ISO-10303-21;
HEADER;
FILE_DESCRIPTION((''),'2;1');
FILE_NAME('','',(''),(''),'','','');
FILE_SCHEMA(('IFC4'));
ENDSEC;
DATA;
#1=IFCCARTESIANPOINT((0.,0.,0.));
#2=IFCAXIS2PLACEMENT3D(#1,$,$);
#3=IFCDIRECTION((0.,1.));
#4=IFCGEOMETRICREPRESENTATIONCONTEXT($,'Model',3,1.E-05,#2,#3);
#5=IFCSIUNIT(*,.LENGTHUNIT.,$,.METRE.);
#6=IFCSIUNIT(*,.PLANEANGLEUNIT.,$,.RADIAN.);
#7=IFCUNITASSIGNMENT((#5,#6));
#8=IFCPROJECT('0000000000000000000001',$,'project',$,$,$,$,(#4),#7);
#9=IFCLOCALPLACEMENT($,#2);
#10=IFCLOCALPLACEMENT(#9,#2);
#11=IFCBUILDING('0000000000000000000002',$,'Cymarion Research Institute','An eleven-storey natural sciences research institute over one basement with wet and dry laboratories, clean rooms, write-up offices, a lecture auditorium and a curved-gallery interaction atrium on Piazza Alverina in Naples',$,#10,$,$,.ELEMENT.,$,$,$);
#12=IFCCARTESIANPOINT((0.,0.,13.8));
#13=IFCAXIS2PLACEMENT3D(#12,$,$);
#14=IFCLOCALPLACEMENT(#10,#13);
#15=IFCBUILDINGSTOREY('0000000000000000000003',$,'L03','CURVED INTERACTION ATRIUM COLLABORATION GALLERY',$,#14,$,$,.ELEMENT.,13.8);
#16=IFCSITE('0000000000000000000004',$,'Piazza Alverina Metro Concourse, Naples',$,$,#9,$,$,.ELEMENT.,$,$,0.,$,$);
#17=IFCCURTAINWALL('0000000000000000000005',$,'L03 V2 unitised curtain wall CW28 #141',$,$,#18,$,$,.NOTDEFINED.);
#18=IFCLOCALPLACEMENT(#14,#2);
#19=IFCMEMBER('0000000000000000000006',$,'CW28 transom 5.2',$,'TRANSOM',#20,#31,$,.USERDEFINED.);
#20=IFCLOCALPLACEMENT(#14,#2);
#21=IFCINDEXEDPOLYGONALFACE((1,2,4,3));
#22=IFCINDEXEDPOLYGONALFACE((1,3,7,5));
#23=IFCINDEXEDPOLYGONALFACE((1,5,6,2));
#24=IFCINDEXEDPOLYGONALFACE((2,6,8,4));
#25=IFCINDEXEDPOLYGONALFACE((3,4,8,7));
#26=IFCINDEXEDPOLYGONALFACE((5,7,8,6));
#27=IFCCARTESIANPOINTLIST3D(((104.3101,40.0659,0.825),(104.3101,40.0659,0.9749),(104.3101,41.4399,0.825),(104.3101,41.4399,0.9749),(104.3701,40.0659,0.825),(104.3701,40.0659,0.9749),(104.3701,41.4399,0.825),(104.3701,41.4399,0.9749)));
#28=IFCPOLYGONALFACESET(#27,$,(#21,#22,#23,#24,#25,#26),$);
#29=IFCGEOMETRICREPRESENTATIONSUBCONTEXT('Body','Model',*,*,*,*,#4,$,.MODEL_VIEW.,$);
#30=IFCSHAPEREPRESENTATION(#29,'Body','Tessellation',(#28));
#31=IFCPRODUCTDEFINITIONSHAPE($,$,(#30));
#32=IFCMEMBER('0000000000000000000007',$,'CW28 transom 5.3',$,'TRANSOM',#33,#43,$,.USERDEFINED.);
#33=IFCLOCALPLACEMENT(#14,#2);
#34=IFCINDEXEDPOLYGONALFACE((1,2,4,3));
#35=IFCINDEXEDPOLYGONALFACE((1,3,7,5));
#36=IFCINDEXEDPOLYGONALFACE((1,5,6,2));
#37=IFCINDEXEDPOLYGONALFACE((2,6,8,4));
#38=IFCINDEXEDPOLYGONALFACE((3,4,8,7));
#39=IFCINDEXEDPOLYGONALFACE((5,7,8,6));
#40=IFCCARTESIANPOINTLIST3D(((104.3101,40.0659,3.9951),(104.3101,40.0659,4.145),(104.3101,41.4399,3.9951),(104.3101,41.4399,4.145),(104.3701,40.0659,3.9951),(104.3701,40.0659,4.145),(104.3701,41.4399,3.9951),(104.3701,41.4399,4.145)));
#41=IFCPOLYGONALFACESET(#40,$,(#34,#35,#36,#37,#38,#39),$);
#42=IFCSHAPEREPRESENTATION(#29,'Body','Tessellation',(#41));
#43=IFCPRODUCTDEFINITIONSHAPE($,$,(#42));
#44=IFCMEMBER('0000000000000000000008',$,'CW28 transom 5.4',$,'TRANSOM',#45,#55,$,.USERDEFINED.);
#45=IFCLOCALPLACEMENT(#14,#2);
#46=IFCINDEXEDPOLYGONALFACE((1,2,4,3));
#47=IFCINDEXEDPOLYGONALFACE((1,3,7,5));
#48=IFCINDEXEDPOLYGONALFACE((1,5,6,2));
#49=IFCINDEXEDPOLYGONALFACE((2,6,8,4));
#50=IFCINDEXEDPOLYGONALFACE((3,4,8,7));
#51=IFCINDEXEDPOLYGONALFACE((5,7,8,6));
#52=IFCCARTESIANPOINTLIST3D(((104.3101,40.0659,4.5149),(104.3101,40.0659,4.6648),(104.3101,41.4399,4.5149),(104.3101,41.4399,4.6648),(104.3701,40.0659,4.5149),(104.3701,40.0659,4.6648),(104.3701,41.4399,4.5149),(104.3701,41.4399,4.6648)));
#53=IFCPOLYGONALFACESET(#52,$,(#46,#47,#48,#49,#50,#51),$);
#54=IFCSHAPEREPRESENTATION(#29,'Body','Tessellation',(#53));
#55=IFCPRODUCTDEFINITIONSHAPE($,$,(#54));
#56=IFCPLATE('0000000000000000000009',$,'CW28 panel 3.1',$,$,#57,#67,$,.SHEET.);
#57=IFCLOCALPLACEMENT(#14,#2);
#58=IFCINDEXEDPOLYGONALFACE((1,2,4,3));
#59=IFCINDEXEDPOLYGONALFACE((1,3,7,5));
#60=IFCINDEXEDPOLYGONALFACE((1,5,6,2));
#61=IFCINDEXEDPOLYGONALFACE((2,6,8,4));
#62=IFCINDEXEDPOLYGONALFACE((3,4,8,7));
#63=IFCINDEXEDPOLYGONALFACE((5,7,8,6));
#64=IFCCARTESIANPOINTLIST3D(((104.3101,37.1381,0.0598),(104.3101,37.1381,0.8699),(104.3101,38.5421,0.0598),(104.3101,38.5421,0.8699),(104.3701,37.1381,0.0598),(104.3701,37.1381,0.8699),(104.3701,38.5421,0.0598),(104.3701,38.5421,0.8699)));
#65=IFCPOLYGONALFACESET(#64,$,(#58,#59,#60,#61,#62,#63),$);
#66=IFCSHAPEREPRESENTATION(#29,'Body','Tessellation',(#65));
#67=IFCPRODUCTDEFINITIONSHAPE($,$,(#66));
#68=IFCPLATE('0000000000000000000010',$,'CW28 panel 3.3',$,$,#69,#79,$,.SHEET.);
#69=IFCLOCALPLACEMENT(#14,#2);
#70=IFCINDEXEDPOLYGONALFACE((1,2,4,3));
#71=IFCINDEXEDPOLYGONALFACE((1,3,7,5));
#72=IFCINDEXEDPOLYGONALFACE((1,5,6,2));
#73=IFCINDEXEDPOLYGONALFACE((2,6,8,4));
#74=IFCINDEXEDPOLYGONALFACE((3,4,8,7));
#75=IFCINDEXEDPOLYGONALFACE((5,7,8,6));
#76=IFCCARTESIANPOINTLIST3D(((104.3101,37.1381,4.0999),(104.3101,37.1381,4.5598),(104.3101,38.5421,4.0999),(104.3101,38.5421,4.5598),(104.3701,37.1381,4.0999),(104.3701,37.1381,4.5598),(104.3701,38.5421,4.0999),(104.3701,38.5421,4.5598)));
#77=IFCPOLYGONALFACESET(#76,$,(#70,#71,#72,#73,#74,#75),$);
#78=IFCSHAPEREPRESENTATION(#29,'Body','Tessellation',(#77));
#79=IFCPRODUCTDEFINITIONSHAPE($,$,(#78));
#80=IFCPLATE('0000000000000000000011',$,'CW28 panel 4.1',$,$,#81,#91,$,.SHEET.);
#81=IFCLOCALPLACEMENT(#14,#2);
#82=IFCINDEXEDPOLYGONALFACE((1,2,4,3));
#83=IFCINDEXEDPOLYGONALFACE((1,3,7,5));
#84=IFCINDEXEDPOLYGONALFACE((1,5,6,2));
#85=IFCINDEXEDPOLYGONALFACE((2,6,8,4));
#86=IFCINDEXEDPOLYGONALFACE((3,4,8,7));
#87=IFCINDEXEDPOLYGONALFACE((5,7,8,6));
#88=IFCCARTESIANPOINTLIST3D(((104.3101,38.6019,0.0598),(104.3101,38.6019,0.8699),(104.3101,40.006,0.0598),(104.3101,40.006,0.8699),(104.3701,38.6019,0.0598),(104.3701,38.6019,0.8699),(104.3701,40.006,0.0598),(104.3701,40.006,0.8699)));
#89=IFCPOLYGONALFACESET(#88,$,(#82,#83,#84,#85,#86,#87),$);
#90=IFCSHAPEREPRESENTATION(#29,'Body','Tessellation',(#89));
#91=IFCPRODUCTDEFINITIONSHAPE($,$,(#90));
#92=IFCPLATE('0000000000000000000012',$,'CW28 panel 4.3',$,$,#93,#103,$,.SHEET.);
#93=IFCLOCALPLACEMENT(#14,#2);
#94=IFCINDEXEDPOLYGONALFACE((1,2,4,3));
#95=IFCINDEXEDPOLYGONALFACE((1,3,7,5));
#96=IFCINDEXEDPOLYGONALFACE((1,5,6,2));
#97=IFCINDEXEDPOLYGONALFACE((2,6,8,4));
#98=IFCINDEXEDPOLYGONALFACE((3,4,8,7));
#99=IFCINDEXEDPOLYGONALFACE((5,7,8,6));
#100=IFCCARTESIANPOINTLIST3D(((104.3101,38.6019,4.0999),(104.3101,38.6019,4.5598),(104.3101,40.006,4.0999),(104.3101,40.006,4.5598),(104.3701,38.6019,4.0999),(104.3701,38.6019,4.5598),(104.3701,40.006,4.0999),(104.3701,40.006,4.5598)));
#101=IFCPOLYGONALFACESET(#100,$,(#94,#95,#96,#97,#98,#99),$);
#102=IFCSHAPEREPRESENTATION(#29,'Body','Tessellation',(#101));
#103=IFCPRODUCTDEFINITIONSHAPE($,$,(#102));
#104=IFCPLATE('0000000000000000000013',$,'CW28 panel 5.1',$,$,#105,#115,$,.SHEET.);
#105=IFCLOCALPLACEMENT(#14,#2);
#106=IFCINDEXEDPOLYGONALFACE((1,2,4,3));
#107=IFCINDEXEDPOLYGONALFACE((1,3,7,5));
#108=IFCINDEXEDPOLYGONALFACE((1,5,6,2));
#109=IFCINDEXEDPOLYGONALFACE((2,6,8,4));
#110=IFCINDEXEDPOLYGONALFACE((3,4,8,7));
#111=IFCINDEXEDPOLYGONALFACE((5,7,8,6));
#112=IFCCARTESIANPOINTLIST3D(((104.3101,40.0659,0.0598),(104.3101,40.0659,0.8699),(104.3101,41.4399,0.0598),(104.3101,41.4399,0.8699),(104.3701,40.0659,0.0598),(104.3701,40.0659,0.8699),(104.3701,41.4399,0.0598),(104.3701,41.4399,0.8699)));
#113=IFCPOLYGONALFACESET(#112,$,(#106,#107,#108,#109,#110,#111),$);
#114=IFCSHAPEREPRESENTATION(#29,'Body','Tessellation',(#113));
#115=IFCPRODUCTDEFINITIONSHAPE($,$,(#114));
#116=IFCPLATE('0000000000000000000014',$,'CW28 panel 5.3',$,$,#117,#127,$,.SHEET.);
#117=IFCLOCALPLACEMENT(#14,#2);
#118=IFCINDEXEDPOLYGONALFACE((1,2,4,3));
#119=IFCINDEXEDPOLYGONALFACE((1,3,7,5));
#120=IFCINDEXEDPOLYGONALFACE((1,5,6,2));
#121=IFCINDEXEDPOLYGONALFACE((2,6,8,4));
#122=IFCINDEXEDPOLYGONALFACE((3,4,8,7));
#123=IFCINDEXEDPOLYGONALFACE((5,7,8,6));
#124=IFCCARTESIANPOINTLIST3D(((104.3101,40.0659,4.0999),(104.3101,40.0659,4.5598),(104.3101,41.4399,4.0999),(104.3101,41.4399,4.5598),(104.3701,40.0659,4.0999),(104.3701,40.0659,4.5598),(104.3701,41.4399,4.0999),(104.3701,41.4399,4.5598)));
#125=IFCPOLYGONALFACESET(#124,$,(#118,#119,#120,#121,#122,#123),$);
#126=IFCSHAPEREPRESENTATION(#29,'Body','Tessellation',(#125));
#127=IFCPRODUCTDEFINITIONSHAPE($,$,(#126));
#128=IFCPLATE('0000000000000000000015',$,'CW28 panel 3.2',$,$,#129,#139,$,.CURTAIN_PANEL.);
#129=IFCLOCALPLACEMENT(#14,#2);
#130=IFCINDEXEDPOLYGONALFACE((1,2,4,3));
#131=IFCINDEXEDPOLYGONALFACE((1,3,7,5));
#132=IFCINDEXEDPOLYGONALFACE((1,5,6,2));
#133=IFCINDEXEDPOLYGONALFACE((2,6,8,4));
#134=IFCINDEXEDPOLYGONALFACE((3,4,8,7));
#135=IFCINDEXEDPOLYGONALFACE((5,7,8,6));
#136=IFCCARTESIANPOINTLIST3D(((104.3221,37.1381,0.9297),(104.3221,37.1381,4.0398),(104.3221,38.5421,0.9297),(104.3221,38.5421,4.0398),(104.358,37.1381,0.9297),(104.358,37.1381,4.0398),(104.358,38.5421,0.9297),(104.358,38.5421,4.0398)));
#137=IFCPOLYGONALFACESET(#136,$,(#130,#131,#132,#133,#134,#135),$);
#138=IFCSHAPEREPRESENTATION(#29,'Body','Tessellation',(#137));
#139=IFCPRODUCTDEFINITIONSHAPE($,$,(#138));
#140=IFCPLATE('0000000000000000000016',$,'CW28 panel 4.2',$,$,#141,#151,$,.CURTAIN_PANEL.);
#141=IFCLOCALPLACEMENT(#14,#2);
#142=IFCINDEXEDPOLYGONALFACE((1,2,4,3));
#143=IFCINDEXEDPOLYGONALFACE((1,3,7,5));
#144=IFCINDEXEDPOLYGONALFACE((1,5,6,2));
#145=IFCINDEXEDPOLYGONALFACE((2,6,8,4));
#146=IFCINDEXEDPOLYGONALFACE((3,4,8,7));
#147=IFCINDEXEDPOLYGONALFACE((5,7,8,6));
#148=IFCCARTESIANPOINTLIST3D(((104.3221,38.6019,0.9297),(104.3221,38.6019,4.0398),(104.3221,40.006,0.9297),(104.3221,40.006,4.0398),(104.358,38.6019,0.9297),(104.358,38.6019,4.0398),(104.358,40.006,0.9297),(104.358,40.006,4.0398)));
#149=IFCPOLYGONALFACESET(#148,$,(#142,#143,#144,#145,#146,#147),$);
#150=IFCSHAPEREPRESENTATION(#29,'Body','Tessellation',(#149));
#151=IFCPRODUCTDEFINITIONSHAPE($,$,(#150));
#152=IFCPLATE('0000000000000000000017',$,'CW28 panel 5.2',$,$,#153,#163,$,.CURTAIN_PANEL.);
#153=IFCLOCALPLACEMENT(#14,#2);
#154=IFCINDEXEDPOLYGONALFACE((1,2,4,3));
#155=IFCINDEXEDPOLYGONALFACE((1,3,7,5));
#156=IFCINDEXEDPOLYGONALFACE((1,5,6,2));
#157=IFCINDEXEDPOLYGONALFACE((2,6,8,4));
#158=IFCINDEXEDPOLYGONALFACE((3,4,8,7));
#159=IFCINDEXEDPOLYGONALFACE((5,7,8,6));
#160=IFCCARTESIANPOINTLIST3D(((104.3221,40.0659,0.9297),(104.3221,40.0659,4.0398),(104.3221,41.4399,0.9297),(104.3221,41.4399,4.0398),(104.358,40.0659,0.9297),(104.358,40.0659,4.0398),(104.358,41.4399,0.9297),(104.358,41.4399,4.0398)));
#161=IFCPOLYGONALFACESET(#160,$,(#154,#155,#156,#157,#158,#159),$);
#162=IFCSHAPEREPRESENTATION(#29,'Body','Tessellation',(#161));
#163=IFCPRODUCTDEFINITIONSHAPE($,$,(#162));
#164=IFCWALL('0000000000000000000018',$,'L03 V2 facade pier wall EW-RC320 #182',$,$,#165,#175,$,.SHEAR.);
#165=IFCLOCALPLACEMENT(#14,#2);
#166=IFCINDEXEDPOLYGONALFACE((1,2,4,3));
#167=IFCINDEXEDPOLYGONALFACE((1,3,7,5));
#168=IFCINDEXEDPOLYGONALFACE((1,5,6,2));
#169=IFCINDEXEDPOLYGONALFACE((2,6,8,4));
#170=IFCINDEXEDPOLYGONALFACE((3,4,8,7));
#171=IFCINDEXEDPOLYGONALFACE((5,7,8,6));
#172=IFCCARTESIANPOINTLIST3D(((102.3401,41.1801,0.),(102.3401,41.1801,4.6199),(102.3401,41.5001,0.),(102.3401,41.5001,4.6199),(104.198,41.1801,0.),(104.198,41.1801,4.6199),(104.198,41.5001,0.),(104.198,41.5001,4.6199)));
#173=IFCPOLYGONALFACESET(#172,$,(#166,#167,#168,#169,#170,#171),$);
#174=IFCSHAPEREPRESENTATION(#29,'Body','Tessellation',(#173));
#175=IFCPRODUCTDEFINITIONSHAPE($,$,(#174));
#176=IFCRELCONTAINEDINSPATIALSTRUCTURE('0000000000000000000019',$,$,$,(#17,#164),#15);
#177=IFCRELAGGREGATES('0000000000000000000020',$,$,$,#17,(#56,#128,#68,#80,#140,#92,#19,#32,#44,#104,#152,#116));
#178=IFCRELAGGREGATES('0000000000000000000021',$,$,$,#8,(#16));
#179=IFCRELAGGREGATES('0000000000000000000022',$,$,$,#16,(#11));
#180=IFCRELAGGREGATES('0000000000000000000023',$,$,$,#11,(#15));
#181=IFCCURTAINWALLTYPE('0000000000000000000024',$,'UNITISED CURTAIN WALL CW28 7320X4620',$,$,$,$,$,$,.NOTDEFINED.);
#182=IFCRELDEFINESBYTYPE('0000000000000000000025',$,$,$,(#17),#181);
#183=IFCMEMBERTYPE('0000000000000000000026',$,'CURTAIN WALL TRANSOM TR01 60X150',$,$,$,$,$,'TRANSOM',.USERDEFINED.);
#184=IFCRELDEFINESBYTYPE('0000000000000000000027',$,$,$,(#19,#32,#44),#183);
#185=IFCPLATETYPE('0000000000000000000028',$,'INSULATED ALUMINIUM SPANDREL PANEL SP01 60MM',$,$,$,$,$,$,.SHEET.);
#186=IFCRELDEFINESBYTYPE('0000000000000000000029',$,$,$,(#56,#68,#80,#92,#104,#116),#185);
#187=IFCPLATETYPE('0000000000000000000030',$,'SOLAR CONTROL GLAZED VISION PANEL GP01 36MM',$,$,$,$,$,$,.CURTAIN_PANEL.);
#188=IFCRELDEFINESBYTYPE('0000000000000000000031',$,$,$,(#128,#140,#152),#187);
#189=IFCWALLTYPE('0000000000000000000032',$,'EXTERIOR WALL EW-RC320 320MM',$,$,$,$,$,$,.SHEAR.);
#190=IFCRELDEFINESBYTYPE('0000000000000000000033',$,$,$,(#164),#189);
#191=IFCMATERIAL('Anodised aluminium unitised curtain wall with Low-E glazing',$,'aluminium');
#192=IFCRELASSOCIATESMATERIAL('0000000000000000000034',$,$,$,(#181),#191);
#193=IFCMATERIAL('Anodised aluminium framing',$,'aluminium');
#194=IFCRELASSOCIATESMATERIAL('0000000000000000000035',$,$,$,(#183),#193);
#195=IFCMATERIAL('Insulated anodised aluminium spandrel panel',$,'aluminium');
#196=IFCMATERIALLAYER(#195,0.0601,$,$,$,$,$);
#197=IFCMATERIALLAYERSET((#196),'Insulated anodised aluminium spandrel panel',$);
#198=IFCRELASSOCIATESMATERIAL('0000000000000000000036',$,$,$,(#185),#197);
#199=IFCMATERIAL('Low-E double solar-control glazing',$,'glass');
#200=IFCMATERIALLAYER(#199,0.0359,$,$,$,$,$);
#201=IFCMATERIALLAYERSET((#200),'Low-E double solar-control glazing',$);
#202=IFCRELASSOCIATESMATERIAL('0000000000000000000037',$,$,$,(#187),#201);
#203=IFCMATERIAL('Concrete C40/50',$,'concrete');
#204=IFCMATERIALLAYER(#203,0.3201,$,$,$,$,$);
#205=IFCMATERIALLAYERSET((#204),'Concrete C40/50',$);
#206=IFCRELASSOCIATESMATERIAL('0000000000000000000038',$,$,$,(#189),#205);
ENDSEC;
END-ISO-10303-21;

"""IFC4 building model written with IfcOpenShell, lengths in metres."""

from ifc_helpers import new_model, si_unit, direction, frame, frame_2d, origin, origin_2d, place, context, subcontext, project, spatial, rectangle, extrude, material, layer, layer_set, material_profile, profile_set, type_object, element, aggregate, save


model = new_model("IFC4")

# Units and contexts
model_context = context("Model", 3, precision=1e-05, world=origin(), true_north=direction((0.0, 1.0)))
body_context = subcontext(model_context, "Body", "Model", "MODEL_VIEW")
ifc_project = project(units=[si_unit("LENGTHUNIT", "METRE"), si_unit("PLANEANGLEUNIT", "RADIAN")], contexts=[model_context])

# Site, building, storey
site_placement = place(None, origin())
site = spatial("IfcSite", under=ifc_project, at=site_placement, Name="Piazza Alverina Metro Concourse, Naples", CompositionType="ELEMENT", RefElevation=0.0)
building_placement = place(site_placement, origin())
building = spatial("IfcBuilding", under=site, at=building_placement, Name="Cymarion Research Institute", Description="An eleven-storey natural sciences research institute over one basement with wet and dry laboratories, clean rooms, write-up offices, a lecture auditorium and a curved-gallery interaction atrium on Piazza Alverina in Naples", CompositionType="ELEMENT")
storey_placement = place(building_placement, frame((0.0, 0.0, 13.8)))
storey = spatial("IfcBuildingStorey", under=building, at=storey_placement, Name="L03", Description="CURVED INTERACTION ATRIUM COLLABORATION GALLERY", CompositionType="ELEMENT", Elevation=13.8)

# Curtain wall
ifc_material_1 = material(Name="Anodised aluminium unitised curtain wall with Low-E glazing", Category="aluminium")
curtain_wall_type_1 = type_object("IfcCurtainWallType", Name="UNITISED CURTAIN WALL CW28 7320X4620", PredefinedType="NOTDEFINED", material=ifc_material_1)
curtain_wall_1_placement = place(storey_placement, origin())
curtain_wall_1 = element("IfcCurtainWall", 1, at=curtain_wall_1_placement, inside=storey, type_object=curtain_wall_type_1, Name="L03 V2 unitised curtain wall CW28 #141", PredefinedType="NOTDEFINED")
ifc_material_2 = material(Name="Anodised aluminium framing", Category="aluminium")

# Members
ifc_material_profile_1 = material_profile(ifc_material_2, rectangle(XDim=0.0601, YDim=0.1499, at=origin_2d()), Name="ALU TRANSOM 60x150")
ifc_profile_set_1 = profile_set([ifc_material_profile_1], Name="Anodised aluminium framing")
member_type_1 = type_object("IfcMemberType", Name="CURTAIN WALL TRANSOM TR01 60X150", ElementType="TRANSOM", PredefinedType="USERDEFINED", material=ifc_profile_set_1)
member_1_placement = place(storey_placement, frame((104.3401, 40.0659, 0.8999), z_axis=(0.0, 1.0, 0.0), x_axis=(-1.0, 0.0, 0.0)))
member_1 = element("IfcMember", 2, at=member_1_placement, type_object=member_type_1, Name="CW28 transom 5.2", ObjectType="TRANSOM", PredefinedType="USERDEFINED", context=body_context, shape_type="SweptSolid", body=[
    extrude(rectangle(XDim=0.0601, YDim=0.1499, at=origin_2d()), origin(), (0.0, 0.0, 1.0), 1.374),
])
member_2_placement = place(storey_placement, frame((104.3401, 40.0659, 4.0701), z_axis=(0.0, 1.0, 0.0), x_axis=(-1.0, 0.0, 0.0)))
member_2 = element("IfcMember", 3, at=member_2_placement, type_object=member_type_1, Name="CW28 transom 5.3", ObjectType="TRANSOM", PredefinedType="USERDEFINED", context=body_context, shape_type="SweptSolid", body=[
    extrude(rectangle(XDim=0.0601, YDim=0.1499, at=origin_2d()), origin(), (0.0, 0.0, 1.0), 1.374),
])
member_3_placement = place(storey_placement, frame((104.3401, 40.0659, 4.5898), z_axis=(0.0, 1.0, 0.0), x_axis=(-1.0, 0.0, 0.0)))
member_3 = element("IfcMember", 4, at=member_3_placement, type_object=member_type_1, Name="CW28 transom 5.4", ObjectType="TRANSOM", PredefinedType="USERDEFINED", context=body_context, shape_type="SweptSolid", body=[
    extrude(rectangle(XDim=0.0601, YDim=0.1499, at=origin_2d()), origin(), (0.0, 0.0, 1.0), 1.374),
])

# Plates
ifc_material_3 = material(Name="Insulated anodised aluminium spandrel panel", Category="aluminium")
ifc_layer_1 = layer(ifc_material_3, 0.0601)
ifc_layer_set_1 = layer_set([ifc_layer_1], Name="Insulated anodised aluminium spandrel panel")
plate_type_1 = type_object("IfcPlateType", Name="INSULATED ALUMINIUM SPANDREL PANEL SP01 60MM", PredefinedType="SHEET", material=ifc_layer_set_1)
plate_1_placement = place(storey_placement, frame((104.3401, 37.8401, 0.0598), z_axis=(0.0, 0.0, 1.0), x_axis=(0.0, 1.0, 0.0)))
plate_1 = element("IfcPlate", 5, at=plate_1_placement, type_object=plate_type_1, Name="CW28 panel 3.1", PredefinedType="SHEET", context=body_context, shape_type="SweptSolid", body=[
    extrude(rectangle(XDim=1.4041, YDim=0.0601, at=origin_2d()), origin(), (0.0, 0.0, 1.0), 0.8101),
])
plate_2_placement = place(storey_placement, frame((104.3401, 37.8401, 4.0999), z_axis=(0.0, 0.0, 1.0), x_axis=(0.0, 1.0, 0.0)))
plate_2 = element("IfcPlate", 6, at=plate_2_placement, type_object=plate_type_1, Name="CW28 panel 3.3", PredefinedType="SHEET", context=body_context, shape_type="SweptSolid", body=[
    extrude(rectangle(XDim=1.4041, YDim=0.0601, at=origin_2d()), origin(), (0.0, 0.0, 1.0), 0.46),
])
plate_3_placement = place(storey_placement, frame((104.3401, 39.304, 0.0598), z_axis=(0.0, 0.0, 1.0), x_axis=(0.0, 1.0, 0.0)))
plate_3 = element("IfcPlate", 7, at=plate_3_placement, type_object=plate_type_1, Name="CW28 panel 4.1", PredefinedType="SHEET", context=body_context, shape_type="SweptSolid", body=[
    extrude(rectangle(XDim=1.4041, YDim=0.0601, at=origin_2d()), origin(), (0.0, 0.0, 1.0), 0.8101),
])
plate_4_placement = place(storey_placement, frame((104.3401, 39.304, 4.0999), z_axis=(0.0, 0.0, 1.0), x_axis=(0.0, 1.0, 0.0)))
plate_4 = element("IfcPlate", 8, at=plate_4_placement, type_object=plate_type_1, Name="CW28 panel 4.3", PredefinedType="SHEET", context=body_context, shape_type="SweptSolid", body=[
    extrude(rectangle(XDim=1.4041, YDim=0.0601, at=origin_2d()), origin(), (0.0, 0.0, 1.0), 0.46),
])
plate_5_placement = place(storey_placement, frame((104.3401, 40.7529, 0.0598), z_axis=(0.0, 0.0, 1.0), x_axis=(0.0, 1.0, 0.0)))
plate_5 = element("IfcPlate", 9, at=plate_5_placement, type_object=plate_type_1, Name="CW28 panel 5.1", PredefinedType="SHEET", context=body_context, shape_type="SweptSolid", body=[
    extrude(rectangle(XDim=1.374, YDim=0.0601, at=origin_2d()), origin(), (0.0, 0.0, 1.0), 0.8101),
])
plate_6_placement = place(storey_placement, frame((104.3401, 40.7529, 4.0999), z_axis=(0.0, 0.0, 1.0), x_axis=(0.0, 1.0, 0.0)))
plate_6 = element("IfcPlate", 10, at=plate_6_placement, type_object=plate_type_1, Name="CW28 panel 5.3", PredefinedType="SHEET", context=body_context, shape_type="SweptSolid", body=[
    extrude(rectangle(XDim=1.374, YDim=0.0601, at=origin_2d()), origin(), (0.0, 0.0, 1.0), 0.46),
])
ifc_material_4 = material(Name="Low-E double solar-control glazing", Category="glass")
ifc_layer_2 = layer(ifc_material_4, 0.0359)
ifc_layer_set_2 = layer_set([ifc_layer_2], Name="Low-E double solar-control glazing")
plate_type_2 = type_object("IfcPlateType", Name="SOLAR CONTROL GLAZED VISION PANEL GP01 36MM", PredefinedType="CURTAIN_PANEL", material=ifc_layer_set_2)
plate_7_placement = place(storey_placement, frame((104.3401, 37.8401, 0.9297), z_axis=(0.0, 0.0, 1.0), x_axis=(0.0, 1.0, 0.0)))
plate_7 = element("IfcPlate", 11, at=plate_7_placement, type_object=plate_type_2, Name="CW28 panel 3.2", PredefinedType="CURTAIN_PANEL", context=body_context, shape_type="SweptSolid", body=[
    extrude(rectangle(XDim=1.4041, YDim=0.0359, at=origin_2d()), origin(), (0.0, 0.0, 1.0), 3.1101),
])
plate_8_placement = place(storey_placement, frame((104.3401, 39.304, 0.9297), z_axis=(0.0, 0.0, 1.0), x_axis=(0.0, 1.0, 0.0)))
plate_8 = element("IfcPlate", 12, at=plate_8_placement, type_object=plate_type_2, Name="CW28 panel 4.2", PredefinedType="CURTAIN_PANEL", context=body_context, shape_type="SweptSolid", body=[
    extrude(rectangle(XDim=1.4041, YDim=0.0359, at=origin_2d()), origin(), (0.0, 0.0, 1.0), 3.1101),
])
plate_9_placement = place(storey_placement, frame((104.3401, 40.7529, 0.9297), z_axis=(0.0, 0.0, 1.0), x_axis=(0.0, 1.0, 0.0)))
plate_9 = element("IfcPlate", 13, at=plate_9_placement, type_object=plate_type_2, Name="CW28 panel 5.2", PredefinedType="CURTAIN_PANEL", context=body_context, shape_type="SweptSolid", body=[
    extrude(rectangle(XDim=1.374, YDim=0.0359, at=origin_2d()), origin(), (0.0, 0.0, 1.0), 3.1101),
])
aggregate(curtain_wall_1, [plate_1, plate_7, plate_2, plate_3, plate_8, plate_4, member_1, member_2, member_3, plate_5, plate_9, plate_6])

# Wall
ifc_material_5 = material(Name="Concrete C40/50", Category="concrete")
ifc_layer_3 = layer(ifc_material_5, 0.3201)
ifc_layer_set_3 = layer_set([ifc_layer_3], Name="Concrete C40/50")
wall_type = type_object("IfcWallType", Name="EXTERIOR WALL EW-RC320 320MM", PredefinedType="SHEAR", material=ifc_layer_set_3)
wall_placement = place(storey_placement, frame((104.198, 41.3401, 0.0), z_axis=(0.0, 0.0, 1.0), x_axis=(-1.0, 0.0, 0.0)))
element("IfcWall", 14, at=wall_placement, inside=storey, type_object=wall_type, Name="L03 V2 facade pier wall EW-RC320 #182", PredefinedType="SHEAR", context=body_context, shape_type="SweptSolid", body=[
    extrude(rectangle(XDim=1.8579, YDim=0.3201, at=frame_2d((0.929, 0.0))), origin(), (0.0, 0.0, 1.0), 4.6199),
])

save(model, "model.ifc")
